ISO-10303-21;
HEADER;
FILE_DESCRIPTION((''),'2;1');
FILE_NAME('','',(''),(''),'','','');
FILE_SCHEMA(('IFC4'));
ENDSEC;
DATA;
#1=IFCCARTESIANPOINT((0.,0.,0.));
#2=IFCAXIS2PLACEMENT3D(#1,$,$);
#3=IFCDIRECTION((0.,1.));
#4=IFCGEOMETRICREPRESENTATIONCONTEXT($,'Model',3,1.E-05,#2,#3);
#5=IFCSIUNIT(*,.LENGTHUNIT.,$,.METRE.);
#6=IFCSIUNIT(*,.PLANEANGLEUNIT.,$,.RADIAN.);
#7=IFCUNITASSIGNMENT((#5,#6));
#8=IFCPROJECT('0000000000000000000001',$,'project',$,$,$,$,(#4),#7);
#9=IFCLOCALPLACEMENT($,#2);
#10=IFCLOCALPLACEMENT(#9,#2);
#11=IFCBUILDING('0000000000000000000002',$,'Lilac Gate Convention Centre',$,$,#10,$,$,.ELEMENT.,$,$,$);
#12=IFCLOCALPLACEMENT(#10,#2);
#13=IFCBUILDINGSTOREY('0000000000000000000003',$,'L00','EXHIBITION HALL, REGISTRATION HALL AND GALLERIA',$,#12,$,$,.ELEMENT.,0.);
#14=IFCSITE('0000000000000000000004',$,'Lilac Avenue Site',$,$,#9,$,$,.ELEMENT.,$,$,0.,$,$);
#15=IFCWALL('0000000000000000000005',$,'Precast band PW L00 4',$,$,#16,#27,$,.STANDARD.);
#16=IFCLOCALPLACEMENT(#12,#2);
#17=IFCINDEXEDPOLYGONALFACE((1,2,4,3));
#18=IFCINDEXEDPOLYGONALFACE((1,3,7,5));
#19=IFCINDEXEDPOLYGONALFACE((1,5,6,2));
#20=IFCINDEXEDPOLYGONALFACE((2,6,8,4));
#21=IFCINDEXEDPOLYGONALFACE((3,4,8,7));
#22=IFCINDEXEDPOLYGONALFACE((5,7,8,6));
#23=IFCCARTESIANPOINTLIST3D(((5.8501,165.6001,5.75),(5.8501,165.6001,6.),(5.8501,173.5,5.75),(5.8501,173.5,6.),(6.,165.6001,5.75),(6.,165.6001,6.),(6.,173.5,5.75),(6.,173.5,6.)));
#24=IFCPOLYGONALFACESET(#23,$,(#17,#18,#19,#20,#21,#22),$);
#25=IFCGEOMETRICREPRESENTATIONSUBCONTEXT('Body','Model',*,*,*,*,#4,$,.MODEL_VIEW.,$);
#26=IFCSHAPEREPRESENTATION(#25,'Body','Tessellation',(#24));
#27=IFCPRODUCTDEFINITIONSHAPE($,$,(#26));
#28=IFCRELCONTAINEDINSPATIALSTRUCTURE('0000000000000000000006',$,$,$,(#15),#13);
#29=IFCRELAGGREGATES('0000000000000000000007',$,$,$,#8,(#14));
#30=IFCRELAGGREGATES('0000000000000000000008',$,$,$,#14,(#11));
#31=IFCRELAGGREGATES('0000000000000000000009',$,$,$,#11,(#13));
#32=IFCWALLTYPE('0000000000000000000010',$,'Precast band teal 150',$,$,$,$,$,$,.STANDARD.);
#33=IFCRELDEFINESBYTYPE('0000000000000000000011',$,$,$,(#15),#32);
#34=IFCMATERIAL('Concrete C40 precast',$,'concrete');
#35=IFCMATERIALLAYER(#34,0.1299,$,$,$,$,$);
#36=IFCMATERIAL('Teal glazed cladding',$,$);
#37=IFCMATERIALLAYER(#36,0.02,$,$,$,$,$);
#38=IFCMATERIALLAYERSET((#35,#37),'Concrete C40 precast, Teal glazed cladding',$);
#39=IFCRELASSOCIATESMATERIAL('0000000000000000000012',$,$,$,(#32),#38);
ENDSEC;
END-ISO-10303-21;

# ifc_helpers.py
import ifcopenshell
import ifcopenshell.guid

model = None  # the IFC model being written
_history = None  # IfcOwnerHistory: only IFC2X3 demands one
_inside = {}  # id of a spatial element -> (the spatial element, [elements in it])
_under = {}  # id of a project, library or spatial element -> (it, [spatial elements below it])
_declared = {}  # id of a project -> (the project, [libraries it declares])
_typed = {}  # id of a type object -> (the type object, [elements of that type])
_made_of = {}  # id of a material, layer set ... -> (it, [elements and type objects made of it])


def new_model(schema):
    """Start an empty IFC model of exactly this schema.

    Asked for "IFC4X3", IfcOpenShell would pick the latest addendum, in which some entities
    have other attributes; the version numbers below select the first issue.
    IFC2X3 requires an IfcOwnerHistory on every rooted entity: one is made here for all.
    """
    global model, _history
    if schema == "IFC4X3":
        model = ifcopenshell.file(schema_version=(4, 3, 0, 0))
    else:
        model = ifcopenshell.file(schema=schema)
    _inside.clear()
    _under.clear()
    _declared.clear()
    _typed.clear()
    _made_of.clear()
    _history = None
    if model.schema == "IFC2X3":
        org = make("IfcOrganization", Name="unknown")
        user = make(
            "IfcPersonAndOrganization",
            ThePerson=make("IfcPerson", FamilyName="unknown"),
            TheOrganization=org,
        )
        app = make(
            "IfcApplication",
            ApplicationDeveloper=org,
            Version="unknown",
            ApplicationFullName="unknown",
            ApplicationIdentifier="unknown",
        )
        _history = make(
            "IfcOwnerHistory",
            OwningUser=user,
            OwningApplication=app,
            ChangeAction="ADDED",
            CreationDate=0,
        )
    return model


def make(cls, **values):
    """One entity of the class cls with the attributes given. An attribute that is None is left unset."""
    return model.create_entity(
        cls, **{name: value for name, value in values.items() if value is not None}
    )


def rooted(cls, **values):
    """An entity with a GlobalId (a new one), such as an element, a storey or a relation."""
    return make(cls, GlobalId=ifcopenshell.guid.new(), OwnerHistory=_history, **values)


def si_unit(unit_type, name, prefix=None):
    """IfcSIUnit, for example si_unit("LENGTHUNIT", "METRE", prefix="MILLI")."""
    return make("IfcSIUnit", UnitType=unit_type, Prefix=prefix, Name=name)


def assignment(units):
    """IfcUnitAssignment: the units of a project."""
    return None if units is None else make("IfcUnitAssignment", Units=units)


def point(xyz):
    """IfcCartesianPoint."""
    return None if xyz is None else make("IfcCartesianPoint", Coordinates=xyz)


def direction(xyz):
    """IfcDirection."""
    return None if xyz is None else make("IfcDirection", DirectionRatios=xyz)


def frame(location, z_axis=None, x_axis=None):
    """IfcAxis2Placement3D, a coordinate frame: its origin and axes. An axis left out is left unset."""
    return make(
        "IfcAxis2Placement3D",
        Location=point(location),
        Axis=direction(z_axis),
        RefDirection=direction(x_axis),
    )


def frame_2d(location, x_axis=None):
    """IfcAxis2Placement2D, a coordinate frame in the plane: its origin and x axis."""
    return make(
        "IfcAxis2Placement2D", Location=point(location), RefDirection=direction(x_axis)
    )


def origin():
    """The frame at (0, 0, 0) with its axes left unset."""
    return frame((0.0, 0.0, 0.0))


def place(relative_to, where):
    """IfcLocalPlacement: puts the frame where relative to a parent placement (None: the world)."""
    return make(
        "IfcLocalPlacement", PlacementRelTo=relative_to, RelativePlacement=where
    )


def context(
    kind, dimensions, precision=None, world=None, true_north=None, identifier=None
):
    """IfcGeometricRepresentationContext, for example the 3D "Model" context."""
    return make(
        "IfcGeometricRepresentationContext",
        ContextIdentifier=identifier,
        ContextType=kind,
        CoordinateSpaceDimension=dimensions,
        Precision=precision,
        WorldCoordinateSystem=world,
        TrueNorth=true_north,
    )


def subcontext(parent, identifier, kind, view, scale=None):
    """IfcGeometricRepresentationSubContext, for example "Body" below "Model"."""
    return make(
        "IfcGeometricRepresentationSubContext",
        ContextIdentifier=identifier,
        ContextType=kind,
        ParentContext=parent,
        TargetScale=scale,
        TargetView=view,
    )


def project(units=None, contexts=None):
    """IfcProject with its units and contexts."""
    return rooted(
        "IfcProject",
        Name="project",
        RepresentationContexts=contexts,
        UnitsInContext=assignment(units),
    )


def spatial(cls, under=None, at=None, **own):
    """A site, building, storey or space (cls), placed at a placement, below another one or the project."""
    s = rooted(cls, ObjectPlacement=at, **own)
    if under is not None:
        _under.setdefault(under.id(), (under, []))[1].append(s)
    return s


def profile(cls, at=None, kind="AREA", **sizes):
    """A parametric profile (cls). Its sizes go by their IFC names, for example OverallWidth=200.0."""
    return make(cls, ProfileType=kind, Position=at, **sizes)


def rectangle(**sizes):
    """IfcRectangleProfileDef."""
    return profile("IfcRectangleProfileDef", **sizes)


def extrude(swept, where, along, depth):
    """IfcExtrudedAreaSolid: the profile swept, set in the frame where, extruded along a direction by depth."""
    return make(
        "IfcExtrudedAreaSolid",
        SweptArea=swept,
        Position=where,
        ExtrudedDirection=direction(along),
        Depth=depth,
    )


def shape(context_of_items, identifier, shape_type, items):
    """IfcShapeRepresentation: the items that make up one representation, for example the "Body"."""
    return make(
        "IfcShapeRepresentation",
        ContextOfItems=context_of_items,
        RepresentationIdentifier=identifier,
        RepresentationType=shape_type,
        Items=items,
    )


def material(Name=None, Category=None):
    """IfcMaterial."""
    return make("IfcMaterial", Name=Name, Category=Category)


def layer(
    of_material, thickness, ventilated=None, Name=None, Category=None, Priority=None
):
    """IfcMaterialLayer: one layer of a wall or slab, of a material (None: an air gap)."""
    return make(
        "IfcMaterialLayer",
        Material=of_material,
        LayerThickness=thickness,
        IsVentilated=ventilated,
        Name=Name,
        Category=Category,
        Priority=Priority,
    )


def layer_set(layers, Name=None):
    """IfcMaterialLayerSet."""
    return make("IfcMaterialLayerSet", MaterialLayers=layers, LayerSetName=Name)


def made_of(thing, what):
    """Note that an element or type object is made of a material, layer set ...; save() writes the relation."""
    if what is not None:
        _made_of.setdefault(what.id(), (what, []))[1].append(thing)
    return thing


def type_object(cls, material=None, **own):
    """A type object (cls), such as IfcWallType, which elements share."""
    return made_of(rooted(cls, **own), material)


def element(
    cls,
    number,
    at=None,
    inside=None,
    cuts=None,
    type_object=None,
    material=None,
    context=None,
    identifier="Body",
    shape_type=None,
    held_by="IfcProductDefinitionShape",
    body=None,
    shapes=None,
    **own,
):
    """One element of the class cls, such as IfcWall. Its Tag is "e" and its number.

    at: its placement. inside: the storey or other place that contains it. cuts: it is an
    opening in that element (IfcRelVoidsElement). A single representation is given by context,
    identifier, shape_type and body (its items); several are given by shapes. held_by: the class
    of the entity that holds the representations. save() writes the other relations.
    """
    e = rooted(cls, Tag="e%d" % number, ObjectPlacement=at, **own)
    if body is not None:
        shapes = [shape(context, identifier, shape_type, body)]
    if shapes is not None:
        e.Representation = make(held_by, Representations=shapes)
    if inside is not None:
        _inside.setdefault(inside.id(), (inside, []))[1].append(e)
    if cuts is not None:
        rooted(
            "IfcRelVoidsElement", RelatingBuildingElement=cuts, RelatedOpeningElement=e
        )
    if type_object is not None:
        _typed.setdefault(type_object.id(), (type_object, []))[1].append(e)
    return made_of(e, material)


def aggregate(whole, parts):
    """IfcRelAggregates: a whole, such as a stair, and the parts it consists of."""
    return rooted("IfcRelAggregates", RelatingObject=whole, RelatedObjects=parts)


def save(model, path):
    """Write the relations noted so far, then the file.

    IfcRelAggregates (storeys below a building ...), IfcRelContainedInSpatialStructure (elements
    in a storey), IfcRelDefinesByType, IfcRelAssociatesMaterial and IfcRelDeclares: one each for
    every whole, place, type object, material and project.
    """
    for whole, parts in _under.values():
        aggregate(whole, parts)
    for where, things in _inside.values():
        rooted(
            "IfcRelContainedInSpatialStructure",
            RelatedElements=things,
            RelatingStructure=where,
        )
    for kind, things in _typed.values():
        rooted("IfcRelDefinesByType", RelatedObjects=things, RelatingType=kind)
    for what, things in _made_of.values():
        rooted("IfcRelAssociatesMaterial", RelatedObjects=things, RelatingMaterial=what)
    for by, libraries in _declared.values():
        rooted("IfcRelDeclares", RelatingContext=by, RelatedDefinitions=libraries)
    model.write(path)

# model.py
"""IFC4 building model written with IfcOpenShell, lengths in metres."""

from ifc_helpers import new_model, si_unit, direction, frame, frame_2d, origin, place, context, subcontext, project, spatial, rectangle, extrude, material, layer, layer_set, type_object, element, save


model = new_model("IFC4")

# Units and contexts
model_context = context("Model", 3, precision=1e-05, world=origin(), true_north=direction((0.0, 1.0)))
body_context = subcontext(model_context, "Body", "Model", "MODEL_VIEW")
ifc_project = project(units=[si_unit("LENGTHUNIT", "METRE"), si_unit("PLANEANGLEUNIT", "RADIAN")], contexts=[model_context])

# Site, building, storey
site_placement = place(None, origin())
site = spatial("IfcSite", under=ifc_project, at=site_placement, Name="Lilac Avenue Site", CompositionType="ELEMENT", RefElevation=0.0)
building_placement = place(site_placement, origin())
building = spatial("IfcBuilding", under=site, at=building_placement, Name="Lilac Gate Convention Centre", CompositionType="ELEMENT")
storey_placement = place(building_placement, origin())
storey = spatial("IfcBuildingStorey", under=building, at=storey_placement, Name="L00", Description="EXHIBITION HALL, REGISTRATION HALL AND GALLERIA", CompositionType="ELEMENT", Elevation=0.0)

# Wall
ifc_material_1 = material(Name="Concrete C40 precast", Category="concrete")
ifc_layer_1 = layer(ifc_material_1, 0.1299)
ifc_material_2 = material(Name="Teal glazed cladding")
ifc_layer_2 = layer(ifc_material_2, 0.02)
ifc_layer_set_1 = layer_set([ifc_layer_1, ifc_layer_2], Name="Concrete C40 precast, Teal glazed cladding")
wall_type_1 = type_object("IfcWallType", Name="Precast band teal 150", PredefinedType="STANDARD", material=ifc_layer_set_1)
wall_1_placement = place(storey_placement, frame((5.925, 173.5, 5.75), z_axis=(0.0, 0.0, 1.0), x_axis=(0.0, -1.0, 0.0)))
element("IfcWall", 1, at=wall_1_placement, inside=storey, type_object=wall_type_1, Name="Precast band PW L00 4", PredefinedType="STANDARD", context=body_context, shape_type="SweptSolid", body=[
    extrude(rectangle(XDim=7.8999, YDim=0.1499, at=frame_2d((3.95, 0.0))), origin(), (0.0, 0.0, 1.0), 0.25),
])

save(model, "model.ifc")
